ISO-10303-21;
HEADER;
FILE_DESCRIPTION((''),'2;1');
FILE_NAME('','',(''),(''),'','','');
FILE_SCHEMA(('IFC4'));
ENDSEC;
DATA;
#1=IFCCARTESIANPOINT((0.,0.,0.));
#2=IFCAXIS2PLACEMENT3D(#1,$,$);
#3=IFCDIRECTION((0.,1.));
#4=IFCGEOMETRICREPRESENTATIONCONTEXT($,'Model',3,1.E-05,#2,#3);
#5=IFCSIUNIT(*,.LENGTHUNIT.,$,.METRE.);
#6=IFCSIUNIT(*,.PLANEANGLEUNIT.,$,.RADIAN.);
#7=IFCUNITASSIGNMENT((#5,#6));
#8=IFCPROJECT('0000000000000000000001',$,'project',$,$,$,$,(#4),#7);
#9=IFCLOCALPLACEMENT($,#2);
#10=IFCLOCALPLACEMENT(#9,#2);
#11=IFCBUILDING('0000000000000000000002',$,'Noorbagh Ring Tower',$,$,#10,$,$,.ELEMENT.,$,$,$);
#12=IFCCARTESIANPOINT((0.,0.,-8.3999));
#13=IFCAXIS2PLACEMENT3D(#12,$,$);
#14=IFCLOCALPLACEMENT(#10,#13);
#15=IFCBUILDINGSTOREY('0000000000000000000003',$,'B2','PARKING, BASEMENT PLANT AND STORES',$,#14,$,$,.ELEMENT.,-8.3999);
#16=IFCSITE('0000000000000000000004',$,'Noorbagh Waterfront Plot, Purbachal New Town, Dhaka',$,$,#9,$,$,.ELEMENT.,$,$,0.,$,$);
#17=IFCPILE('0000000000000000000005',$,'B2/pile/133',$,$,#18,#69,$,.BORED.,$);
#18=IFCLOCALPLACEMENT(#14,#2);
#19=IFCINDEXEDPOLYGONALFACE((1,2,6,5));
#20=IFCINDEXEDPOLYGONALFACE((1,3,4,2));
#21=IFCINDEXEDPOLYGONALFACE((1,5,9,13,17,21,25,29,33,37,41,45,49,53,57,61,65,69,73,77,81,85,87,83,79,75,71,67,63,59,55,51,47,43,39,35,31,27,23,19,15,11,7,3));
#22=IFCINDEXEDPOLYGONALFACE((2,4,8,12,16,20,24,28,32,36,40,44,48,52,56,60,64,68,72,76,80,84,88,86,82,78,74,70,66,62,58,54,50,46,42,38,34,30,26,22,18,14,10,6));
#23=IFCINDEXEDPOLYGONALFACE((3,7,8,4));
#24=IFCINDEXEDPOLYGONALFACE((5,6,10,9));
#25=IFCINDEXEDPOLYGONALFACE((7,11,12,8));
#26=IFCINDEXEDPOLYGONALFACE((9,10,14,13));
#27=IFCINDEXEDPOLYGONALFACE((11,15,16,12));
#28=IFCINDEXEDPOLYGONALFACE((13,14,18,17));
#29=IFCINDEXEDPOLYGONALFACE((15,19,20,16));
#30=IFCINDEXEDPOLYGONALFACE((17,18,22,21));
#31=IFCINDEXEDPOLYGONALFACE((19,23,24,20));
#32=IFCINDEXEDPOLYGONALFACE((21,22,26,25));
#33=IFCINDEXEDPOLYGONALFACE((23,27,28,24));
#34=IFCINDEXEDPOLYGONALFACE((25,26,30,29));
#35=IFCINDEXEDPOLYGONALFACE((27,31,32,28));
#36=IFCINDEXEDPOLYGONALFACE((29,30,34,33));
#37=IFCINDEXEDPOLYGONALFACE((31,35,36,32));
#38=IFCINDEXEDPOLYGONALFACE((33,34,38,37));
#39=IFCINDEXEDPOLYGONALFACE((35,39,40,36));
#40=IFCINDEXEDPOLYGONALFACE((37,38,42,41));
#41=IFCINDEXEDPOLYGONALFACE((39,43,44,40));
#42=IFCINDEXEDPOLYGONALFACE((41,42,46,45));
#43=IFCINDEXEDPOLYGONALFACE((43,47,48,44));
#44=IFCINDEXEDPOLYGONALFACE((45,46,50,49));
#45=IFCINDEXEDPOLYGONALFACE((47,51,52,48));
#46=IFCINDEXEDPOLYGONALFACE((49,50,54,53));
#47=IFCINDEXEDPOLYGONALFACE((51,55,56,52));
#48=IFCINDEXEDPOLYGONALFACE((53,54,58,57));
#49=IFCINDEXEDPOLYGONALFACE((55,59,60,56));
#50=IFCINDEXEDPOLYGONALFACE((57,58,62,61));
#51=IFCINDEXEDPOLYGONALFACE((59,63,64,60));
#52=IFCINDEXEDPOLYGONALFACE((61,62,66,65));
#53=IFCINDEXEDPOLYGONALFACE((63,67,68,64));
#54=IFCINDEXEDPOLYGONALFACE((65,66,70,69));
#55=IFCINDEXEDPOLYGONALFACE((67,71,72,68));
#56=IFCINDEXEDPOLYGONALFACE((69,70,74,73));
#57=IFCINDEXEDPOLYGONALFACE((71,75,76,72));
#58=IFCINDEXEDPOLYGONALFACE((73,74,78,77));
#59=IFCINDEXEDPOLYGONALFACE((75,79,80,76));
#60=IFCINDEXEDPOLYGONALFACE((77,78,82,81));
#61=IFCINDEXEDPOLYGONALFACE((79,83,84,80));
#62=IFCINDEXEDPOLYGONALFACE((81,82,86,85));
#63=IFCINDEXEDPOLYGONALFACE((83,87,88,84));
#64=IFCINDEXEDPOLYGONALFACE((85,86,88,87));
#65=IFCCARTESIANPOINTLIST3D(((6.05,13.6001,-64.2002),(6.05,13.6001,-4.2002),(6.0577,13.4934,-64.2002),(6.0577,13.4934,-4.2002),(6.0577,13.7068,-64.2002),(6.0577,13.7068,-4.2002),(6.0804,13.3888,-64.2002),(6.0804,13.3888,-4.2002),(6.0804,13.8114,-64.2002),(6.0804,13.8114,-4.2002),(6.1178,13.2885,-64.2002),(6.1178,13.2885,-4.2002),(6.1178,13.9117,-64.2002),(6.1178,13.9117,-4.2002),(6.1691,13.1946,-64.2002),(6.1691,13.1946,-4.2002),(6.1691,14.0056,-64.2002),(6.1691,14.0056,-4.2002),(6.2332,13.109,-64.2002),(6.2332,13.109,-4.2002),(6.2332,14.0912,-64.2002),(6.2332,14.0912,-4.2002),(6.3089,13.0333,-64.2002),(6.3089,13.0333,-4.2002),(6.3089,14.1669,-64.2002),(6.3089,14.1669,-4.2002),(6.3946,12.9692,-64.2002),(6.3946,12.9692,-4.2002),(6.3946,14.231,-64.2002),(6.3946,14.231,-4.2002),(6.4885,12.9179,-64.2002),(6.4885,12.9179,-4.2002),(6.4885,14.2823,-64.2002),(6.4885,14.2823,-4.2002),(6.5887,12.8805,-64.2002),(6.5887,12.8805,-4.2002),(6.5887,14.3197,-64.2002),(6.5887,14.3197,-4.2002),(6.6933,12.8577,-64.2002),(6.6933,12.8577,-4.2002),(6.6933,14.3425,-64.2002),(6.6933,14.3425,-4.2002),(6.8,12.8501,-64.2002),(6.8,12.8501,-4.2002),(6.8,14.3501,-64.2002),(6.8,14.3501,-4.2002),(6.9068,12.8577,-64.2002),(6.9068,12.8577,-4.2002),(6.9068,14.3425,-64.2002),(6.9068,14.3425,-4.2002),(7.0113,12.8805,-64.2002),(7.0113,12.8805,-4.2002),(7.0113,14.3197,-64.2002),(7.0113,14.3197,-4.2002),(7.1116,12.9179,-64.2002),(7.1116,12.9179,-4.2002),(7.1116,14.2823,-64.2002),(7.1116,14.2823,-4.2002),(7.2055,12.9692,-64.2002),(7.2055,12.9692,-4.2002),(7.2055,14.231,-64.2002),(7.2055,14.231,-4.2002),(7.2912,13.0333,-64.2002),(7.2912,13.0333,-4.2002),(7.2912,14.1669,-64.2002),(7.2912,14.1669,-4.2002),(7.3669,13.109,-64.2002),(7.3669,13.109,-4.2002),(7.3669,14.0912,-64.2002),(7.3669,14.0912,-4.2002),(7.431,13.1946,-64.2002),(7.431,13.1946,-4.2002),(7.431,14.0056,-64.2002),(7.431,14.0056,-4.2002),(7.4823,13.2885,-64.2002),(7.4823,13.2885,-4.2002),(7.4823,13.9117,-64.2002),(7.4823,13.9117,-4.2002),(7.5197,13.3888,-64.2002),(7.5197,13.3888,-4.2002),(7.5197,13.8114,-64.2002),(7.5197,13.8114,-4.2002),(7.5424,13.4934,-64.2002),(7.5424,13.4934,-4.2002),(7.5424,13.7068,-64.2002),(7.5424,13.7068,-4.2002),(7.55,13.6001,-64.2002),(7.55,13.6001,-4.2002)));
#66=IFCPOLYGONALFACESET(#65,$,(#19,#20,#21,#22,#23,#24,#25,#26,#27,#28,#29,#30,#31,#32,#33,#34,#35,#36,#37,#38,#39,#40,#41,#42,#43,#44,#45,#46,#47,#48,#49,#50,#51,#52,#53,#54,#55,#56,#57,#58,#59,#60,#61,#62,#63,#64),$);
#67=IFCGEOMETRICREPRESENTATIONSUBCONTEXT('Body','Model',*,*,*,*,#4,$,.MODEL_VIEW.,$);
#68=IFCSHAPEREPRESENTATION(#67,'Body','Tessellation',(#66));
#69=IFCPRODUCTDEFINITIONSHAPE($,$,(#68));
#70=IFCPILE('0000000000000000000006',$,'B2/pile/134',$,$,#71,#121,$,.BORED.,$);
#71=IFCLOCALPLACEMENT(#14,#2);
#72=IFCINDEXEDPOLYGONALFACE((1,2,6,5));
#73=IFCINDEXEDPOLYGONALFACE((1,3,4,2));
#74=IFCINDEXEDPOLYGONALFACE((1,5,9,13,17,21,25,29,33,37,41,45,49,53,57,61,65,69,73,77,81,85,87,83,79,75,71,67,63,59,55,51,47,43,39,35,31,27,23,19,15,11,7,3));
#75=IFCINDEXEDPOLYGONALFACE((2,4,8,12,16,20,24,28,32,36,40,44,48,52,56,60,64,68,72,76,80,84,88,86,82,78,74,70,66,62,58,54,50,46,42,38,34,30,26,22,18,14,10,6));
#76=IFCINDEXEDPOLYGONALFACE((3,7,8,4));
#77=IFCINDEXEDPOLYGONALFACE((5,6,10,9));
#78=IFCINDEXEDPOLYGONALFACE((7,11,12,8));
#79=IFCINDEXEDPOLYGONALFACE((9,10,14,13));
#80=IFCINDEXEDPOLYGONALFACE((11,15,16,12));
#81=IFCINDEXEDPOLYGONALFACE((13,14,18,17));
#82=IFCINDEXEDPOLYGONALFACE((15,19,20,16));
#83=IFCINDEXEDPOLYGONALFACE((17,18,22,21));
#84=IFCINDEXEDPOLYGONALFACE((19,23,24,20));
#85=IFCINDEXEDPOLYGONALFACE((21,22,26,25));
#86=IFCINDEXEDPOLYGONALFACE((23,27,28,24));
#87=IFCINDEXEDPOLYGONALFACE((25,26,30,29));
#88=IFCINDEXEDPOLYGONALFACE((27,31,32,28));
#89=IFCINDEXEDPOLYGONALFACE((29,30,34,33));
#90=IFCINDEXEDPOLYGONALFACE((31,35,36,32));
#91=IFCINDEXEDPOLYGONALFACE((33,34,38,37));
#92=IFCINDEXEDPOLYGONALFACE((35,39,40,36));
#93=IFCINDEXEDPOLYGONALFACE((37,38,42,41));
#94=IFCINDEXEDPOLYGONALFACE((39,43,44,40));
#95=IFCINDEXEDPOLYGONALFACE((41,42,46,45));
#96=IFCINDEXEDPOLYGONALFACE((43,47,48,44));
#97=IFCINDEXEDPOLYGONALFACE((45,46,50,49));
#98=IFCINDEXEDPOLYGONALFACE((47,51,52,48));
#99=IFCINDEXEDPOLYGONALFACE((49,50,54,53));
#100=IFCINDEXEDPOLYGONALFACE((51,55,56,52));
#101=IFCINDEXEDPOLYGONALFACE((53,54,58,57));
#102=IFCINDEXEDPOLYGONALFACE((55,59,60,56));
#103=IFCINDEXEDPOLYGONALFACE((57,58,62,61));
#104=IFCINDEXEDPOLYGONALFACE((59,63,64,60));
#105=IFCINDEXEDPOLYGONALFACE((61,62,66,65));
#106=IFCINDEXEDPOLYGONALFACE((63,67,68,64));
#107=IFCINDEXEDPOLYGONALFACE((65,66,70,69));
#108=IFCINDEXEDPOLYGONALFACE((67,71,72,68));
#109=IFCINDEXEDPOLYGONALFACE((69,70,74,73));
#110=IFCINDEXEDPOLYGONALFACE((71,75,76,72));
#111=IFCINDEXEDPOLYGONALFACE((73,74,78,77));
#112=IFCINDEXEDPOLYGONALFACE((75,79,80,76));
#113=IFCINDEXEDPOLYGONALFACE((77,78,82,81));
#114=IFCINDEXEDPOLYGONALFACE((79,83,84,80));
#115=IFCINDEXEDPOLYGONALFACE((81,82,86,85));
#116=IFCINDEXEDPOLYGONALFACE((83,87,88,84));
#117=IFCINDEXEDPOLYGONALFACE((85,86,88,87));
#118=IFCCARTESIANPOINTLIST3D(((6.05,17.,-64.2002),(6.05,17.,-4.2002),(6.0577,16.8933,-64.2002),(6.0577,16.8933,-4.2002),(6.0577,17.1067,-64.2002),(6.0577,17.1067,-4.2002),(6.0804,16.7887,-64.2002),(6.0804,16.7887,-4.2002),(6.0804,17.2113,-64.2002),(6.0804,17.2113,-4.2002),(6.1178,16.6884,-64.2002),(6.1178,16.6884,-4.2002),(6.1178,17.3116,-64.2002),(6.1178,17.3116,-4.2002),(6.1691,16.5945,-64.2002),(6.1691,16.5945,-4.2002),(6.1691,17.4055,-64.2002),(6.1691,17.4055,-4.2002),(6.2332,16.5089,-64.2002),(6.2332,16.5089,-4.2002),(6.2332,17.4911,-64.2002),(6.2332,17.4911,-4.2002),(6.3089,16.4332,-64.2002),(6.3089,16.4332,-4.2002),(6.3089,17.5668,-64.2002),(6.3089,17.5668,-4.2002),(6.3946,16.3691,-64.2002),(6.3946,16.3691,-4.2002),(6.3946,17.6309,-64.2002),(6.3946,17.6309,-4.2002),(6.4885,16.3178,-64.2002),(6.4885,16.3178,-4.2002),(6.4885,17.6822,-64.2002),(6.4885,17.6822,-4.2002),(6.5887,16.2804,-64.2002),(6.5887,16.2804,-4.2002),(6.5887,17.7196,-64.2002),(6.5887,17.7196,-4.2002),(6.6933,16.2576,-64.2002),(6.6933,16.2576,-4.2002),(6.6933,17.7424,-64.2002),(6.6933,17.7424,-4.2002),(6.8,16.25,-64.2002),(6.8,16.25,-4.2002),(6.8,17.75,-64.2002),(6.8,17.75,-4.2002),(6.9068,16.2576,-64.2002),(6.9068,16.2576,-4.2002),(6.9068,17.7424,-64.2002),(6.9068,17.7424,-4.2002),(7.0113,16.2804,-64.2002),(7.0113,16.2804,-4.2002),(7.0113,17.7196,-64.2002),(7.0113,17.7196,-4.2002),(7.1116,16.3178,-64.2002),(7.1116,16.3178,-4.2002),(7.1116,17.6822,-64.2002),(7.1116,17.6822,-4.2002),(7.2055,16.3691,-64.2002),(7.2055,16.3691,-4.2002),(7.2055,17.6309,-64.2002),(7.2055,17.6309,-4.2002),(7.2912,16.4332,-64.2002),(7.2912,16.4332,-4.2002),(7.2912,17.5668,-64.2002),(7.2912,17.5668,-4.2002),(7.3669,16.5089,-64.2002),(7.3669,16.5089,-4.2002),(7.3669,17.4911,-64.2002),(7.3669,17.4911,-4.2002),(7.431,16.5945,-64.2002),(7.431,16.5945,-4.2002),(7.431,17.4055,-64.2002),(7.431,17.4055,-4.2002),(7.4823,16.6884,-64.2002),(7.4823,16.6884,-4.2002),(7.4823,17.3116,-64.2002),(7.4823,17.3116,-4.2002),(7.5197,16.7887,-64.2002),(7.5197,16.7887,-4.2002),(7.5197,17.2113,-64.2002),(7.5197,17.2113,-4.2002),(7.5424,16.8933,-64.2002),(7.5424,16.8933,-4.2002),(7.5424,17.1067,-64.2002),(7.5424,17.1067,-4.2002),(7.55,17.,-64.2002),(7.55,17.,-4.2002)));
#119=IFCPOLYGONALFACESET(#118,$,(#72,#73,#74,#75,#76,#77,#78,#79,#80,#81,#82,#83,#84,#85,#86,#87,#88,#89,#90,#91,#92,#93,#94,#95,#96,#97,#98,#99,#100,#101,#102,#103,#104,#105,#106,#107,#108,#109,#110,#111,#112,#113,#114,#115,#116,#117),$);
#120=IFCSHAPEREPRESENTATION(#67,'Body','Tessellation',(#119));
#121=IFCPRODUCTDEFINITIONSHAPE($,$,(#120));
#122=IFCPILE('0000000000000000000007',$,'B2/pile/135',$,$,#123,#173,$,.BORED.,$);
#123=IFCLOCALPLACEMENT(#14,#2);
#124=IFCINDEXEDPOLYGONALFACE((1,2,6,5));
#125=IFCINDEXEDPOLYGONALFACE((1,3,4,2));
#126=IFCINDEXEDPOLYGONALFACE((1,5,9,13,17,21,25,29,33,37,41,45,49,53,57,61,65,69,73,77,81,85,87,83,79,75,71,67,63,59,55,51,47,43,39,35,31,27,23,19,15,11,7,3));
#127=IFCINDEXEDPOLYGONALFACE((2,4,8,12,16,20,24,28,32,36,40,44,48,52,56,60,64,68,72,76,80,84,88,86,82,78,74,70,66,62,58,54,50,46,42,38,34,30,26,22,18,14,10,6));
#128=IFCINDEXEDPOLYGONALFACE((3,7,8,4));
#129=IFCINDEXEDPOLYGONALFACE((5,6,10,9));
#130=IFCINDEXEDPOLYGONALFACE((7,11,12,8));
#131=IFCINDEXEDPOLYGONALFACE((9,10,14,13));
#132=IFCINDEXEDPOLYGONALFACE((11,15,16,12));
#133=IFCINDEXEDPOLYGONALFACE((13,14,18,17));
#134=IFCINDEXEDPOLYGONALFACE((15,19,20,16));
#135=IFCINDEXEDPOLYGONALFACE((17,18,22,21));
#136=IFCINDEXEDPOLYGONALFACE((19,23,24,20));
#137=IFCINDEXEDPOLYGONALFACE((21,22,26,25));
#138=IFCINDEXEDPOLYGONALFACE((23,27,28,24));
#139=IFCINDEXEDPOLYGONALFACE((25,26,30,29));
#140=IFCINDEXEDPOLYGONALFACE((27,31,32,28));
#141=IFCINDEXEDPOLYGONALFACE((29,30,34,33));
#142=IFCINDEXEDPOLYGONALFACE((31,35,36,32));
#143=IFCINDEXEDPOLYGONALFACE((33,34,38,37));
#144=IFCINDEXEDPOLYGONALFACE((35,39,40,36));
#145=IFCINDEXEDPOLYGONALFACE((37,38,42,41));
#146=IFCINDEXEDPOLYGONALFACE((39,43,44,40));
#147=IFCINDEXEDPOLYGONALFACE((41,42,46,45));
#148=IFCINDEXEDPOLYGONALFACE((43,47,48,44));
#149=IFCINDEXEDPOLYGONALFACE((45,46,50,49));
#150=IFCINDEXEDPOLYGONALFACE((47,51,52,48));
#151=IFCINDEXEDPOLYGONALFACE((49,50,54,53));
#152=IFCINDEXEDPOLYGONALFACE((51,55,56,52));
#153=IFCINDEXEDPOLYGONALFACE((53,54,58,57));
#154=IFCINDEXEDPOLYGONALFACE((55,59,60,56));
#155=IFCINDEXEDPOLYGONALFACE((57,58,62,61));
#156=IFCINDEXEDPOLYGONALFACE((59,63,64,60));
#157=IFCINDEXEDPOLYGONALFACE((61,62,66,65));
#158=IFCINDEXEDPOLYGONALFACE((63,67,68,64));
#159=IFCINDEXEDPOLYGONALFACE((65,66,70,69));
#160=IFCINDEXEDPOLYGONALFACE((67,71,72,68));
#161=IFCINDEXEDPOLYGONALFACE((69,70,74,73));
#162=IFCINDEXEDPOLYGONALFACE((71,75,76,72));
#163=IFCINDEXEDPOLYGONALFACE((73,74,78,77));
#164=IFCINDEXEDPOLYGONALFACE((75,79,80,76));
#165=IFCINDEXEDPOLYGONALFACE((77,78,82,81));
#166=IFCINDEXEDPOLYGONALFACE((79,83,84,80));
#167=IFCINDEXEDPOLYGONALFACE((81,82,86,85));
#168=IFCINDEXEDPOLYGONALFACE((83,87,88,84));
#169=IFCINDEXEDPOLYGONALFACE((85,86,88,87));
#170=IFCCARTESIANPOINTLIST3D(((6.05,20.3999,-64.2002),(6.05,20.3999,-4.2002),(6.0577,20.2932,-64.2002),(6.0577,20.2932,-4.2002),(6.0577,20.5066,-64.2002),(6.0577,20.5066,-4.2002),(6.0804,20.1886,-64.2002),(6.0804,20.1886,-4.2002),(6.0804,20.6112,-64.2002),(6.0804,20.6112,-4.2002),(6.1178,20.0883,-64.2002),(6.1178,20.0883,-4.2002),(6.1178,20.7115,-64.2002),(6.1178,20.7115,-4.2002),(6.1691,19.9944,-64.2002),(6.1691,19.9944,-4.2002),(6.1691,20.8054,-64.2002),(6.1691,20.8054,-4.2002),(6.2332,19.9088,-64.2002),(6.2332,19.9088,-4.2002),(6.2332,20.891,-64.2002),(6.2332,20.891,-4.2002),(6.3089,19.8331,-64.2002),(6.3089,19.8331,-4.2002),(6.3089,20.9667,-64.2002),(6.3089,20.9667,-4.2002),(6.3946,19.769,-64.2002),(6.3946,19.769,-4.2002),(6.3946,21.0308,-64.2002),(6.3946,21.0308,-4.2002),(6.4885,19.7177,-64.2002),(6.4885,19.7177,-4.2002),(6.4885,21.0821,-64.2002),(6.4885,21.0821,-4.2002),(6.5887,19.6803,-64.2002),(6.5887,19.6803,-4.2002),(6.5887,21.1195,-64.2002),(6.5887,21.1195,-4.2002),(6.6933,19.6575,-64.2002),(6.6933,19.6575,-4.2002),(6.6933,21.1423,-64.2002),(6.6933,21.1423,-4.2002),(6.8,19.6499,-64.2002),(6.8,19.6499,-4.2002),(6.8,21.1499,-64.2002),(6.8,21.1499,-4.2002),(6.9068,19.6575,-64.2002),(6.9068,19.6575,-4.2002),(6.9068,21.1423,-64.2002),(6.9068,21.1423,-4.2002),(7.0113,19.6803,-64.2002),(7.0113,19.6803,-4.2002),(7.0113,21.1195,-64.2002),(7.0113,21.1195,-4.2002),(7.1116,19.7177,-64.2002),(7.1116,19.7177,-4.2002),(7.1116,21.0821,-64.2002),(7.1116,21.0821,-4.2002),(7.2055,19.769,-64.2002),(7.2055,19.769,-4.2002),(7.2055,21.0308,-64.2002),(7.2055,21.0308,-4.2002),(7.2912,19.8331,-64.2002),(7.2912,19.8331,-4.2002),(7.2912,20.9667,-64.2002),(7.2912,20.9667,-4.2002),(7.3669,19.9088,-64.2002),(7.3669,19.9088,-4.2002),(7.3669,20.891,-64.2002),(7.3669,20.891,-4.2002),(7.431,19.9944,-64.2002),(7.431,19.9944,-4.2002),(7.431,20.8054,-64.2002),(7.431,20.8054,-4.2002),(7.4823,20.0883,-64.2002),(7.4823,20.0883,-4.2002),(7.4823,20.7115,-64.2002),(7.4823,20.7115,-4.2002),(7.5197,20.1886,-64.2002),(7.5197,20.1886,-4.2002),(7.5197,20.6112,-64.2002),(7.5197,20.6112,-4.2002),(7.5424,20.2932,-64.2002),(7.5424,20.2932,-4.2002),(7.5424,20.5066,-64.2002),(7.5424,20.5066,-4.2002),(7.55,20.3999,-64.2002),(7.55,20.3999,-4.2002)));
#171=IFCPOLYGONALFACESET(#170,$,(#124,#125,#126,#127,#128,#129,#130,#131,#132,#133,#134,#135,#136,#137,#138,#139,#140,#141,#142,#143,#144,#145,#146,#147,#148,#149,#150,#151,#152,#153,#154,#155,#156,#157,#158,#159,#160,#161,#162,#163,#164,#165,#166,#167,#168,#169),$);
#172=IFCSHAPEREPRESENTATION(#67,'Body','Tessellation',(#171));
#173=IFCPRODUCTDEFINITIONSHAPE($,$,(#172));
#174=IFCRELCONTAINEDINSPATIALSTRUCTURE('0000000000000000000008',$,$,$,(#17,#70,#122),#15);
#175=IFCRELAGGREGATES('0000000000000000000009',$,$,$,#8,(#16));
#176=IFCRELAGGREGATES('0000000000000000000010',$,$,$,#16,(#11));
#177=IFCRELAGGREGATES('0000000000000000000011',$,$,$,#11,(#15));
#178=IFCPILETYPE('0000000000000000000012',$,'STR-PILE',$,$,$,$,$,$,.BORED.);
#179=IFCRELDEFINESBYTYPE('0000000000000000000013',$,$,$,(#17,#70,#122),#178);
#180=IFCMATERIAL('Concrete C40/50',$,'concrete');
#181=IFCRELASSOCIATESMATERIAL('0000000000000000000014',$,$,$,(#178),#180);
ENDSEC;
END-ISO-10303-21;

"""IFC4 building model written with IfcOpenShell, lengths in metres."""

from ifc_helpers import new_model, si_unit, direction, frame, origin, origin_2d, place, context, subcontext, project, spatial, circle, extrude, material, material_profile, profile_set, type_object, element, save


model = new_model("IFC4")

# Units and contexts
model_context = context("Model", 3, precision=1e-05, world=origin(), true_north=direction((0.0, 1.0)))
body_context = subcontext(model_context, "Body", "Model", "MODEL_VIEW")
ifc_project = project(units=[si_unit("LENGTHUNIT", "METRE"), si_unit("PLANEANGLEUNIT", "RADIAN")], contexts=[model_context])

# Site, building, storey
site_placement = place(None, origin())
site = spatial("IfcSite", under=ifc_project, at=site_placement, Name="Noorbagh Waterfront Plot, Purbachal New Town, Dhaka", CompositionType="ELEMENT", RefElevation=0.0)
building_placement = place(site_placement, origin())
building = spatial("IfcBuilding", under=site, at=building_placement, Name="Noorbagh Ring Tower", CompositionType="ELEMENT")
storey_placement = place(building_placement, frame((0.0, 0.0, -8.3999)))
storey = spatial("IfcBuildingStorey", under=building, at=storey_placement, Name="B2", Description="PARKING, BASEMENT PLANT AND STORES", CompositionType="ELEMENT", Elevation=-8.3999)

# Piles
ifc_material_1 = material(Name="Concrete C40/50", Category="concrete")
ifc_material_profile_1 = material_profile(ifc_material_1, circle(Radius=0.75, at=origin_2d()), Name="PILE1500")
ifc_profile_set_1 = profile_set([ifc_material_profile_1], Name="Concrete C40/50")
pile_type = type_object("IfcPileType", Name="STR-PILE", PredefinedType="BORED", material=ifc_profile_set_1)
for number, where, z_axis, x_axis, name in (
    (1, (6.8, 13.6001, -4.2002), (0.0, 0.0, -1.0), (1.0, 0.0, 0.0), "B2/pile/133"),
    (2, (6.8, 17.0, -4.2002), (0.0, 0.0, -1.0), (1.0, 0.0, 0.0), "B2/pile/134"),
    (3, (6.8, 20.3999, -4.2002), (0.0, 0.0, -1.0), (1.0, 0.0, 0.0), "B2/pile/135"),
):
    element("IfcPile", number, at=place(storey_placement, frame(where, z_axis=z_axis, x_axis=x_axis)), inside=storey, type_object=pile_type, Name=name, PredefinedType="BORED", context=body_context, shape_type="SweptSolid", body=[
        extrude(circle(Radius=0.75, at=origin_2d()), origin(), (0.0, 0.0, 1.0), 60.0),
    ])

save(model, "model.ifc")
